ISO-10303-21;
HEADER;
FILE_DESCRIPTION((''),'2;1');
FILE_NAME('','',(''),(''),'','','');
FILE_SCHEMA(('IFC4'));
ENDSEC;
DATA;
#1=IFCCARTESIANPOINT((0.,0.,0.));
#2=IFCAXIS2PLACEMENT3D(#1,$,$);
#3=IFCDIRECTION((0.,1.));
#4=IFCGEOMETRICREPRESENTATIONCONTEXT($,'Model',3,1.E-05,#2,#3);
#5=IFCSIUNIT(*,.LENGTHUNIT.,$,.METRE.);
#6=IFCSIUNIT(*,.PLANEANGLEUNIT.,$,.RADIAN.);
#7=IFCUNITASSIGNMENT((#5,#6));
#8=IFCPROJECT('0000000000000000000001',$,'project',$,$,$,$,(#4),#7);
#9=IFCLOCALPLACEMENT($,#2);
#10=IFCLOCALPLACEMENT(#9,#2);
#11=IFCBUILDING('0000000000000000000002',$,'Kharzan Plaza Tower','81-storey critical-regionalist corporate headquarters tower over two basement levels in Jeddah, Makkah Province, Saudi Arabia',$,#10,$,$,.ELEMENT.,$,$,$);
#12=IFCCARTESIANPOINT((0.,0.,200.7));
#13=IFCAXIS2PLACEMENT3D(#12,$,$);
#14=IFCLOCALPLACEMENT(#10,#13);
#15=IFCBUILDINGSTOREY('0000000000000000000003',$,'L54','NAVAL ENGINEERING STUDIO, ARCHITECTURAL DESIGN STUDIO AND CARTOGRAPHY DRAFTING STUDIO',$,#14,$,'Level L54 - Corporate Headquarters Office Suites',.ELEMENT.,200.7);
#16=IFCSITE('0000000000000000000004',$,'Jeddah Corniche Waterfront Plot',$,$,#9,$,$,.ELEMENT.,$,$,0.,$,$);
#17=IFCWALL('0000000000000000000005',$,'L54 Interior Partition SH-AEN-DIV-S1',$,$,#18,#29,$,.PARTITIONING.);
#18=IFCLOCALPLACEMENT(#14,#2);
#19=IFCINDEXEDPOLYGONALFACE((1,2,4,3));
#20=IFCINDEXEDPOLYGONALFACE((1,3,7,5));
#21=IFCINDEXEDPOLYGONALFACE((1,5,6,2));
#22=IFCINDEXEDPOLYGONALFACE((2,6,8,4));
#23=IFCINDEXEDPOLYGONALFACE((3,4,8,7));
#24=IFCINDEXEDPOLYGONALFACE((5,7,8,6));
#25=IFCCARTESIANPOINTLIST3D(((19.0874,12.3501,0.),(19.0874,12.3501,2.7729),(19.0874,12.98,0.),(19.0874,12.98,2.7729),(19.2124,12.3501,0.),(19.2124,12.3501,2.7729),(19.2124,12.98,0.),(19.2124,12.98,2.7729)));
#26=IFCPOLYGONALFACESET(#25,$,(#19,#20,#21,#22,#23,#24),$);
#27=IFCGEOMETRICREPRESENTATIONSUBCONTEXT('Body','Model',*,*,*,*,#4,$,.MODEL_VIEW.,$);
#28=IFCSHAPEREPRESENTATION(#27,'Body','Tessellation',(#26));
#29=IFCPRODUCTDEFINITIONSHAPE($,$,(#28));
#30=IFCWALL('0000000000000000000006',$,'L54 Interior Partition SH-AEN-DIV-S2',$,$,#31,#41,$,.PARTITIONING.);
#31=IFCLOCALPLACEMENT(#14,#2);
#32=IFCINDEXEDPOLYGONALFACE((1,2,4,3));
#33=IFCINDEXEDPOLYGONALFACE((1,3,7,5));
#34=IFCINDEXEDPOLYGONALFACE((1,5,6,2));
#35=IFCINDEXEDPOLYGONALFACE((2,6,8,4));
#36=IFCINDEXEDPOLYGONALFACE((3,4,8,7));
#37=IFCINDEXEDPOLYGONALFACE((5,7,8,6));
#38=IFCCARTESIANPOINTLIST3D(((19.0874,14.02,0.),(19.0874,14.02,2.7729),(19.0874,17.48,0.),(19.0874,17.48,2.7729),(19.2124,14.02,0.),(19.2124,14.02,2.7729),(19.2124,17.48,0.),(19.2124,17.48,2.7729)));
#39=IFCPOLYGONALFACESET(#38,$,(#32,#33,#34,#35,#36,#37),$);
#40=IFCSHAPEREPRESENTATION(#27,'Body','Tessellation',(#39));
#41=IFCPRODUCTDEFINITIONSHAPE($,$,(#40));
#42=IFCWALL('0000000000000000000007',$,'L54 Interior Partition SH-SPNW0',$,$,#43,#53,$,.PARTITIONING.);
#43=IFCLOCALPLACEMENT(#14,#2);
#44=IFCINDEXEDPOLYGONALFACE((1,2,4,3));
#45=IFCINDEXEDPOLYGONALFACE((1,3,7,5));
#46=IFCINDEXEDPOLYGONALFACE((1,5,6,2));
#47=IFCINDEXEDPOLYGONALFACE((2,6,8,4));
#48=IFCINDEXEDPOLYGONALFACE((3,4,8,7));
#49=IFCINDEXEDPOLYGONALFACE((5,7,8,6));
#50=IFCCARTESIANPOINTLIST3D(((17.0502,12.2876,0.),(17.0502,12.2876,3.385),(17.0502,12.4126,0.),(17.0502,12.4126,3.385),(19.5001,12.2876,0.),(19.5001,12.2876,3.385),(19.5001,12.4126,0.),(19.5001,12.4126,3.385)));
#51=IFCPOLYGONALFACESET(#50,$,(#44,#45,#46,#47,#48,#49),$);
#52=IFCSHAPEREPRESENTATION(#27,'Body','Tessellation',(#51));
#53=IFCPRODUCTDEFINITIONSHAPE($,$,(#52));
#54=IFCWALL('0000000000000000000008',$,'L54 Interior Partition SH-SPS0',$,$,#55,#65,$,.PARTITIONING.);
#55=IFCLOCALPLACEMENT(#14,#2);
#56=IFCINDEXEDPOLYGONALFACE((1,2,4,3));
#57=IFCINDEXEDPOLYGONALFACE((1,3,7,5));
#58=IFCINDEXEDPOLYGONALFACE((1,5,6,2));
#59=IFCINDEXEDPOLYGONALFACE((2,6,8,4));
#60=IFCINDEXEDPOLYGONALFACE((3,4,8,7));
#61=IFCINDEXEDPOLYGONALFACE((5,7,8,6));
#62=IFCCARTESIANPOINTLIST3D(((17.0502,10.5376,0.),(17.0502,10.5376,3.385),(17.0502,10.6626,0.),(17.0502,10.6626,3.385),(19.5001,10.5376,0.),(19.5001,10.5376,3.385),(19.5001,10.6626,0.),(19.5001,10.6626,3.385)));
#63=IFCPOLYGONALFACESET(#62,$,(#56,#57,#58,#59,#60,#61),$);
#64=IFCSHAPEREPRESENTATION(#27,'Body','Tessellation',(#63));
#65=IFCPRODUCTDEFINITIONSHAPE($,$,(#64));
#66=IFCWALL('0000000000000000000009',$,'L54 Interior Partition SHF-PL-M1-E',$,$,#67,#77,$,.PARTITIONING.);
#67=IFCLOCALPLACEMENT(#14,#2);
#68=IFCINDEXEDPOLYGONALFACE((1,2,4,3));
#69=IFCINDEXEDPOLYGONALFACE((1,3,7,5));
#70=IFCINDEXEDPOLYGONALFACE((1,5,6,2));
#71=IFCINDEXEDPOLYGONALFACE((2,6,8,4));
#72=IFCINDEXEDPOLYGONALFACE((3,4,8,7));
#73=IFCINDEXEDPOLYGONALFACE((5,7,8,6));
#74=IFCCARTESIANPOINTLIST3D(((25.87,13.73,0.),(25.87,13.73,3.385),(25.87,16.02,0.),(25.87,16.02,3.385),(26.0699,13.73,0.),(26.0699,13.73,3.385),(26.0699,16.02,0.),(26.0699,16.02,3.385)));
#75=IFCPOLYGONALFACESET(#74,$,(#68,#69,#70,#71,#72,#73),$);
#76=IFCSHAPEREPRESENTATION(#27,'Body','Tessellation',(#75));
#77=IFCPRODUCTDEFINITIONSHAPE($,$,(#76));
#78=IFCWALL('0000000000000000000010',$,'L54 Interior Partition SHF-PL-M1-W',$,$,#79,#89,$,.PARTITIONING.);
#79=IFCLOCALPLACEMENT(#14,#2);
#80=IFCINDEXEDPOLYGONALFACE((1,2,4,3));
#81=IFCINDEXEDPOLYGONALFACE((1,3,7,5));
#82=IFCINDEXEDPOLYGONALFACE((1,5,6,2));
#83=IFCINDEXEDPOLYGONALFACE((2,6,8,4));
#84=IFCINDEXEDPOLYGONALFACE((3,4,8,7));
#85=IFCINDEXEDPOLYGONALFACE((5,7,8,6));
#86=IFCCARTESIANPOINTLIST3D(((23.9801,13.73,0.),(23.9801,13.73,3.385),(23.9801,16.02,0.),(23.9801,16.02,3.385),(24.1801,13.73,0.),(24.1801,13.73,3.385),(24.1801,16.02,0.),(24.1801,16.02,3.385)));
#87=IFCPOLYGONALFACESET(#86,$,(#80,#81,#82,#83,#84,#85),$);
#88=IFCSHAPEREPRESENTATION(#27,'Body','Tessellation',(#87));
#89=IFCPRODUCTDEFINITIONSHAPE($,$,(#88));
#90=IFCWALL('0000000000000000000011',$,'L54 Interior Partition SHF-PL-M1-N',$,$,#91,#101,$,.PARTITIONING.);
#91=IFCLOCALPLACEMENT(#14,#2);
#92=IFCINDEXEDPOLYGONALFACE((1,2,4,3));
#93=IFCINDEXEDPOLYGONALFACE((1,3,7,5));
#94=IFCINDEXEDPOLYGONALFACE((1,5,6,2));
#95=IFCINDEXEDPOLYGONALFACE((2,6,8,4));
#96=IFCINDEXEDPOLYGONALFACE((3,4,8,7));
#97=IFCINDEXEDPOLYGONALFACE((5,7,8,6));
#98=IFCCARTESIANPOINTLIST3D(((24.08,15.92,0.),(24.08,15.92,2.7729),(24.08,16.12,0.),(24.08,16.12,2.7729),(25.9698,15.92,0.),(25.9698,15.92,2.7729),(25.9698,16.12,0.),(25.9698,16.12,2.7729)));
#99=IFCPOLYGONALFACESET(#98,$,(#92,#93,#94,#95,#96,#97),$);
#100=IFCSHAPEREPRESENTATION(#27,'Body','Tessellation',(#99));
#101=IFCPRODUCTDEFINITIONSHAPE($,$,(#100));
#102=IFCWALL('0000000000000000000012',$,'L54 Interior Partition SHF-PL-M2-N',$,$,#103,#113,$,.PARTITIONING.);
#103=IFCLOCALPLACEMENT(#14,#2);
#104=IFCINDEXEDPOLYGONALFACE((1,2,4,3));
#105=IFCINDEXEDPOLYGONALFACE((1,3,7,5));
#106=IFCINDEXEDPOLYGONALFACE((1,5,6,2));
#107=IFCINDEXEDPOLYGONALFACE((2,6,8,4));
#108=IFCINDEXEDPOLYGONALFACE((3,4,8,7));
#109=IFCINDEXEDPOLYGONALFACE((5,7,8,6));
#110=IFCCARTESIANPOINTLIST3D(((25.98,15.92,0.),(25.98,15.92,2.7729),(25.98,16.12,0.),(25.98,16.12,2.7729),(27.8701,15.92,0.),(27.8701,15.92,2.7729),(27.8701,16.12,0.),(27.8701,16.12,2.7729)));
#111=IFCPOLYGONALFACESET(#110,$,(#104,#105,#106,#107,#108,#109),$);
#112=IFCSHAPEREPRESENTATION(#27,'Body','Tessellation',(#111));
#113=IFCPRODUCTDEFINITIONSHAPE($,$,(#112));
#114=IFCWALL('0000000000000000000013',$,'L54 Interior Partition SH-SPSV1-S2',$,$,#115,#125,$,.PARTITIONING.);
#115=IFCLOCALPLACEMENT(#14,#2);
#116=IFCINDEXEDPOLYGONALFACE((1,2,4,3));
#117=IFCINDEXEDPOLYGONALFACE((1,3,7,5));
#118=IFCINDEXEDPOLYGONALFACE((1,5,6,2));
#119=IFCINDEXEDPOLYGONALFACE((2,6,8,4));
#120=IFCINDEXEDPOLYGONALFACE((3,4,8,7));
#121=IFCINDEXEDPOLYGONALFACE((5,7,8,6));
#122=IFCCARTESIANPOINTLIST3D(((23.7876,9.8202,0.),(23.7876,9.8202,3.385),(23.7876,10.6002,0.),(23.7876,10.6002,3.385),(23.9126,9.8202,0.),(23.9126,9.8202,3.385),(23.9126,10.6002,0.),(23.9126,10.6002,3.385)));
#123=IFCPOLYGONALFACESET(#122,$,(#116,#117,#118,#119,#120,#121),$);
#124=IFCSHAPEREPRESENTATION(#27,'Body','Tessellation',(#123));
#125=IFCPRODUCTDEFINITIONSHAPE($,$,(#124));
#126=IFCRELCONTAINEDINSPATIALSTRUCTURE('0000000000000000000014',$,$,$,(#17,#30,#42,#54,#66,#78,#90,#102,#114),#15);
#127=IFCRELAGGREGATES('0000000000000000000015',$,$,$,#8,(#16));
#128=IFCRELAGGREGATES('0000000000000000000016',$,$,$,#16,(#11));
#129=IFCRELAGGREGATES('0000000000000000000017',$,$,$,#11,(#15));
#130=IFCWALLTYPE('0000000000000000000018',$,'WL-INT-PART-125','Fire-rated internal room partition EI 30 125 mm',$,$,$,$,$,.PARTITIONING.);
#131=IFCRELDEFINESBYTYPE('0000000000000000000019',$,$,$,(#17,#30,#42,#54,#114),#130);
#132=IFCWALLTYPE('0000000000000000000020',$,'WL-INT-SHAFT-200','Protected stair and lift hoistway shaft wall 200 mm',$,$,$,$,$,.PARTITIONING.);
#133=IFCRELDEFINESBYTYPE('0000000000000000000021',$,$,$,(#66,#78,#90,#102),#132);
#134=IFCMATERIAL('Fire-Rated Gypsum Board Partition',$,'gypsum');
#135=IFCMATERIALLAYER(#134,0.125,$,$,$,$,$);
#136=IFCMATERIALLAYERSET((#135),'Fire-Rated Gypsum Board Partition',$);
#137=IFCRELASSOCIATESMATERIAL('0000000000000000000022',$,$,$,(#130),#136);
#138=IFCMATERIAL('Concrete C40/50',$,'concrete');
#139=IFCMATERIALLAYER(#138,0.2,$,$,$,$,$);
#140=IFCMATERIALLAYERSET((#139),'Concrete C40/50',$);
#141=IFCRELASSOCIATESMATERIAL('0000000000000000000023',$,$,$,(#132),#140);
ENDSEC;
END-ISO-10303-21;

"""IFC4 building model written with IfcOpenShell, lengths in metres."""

from ifc_helpers import new_model, si_unit, direction, frame, frame_2d, origin, place, context, subcontext, project, spatial, rectangle, extrude, source, transform, mapped, material, layer, layer_set, type_object, element, save


model = new_model("IFC4")

# Units and contexts
model_context = context("Model", 3, precision=1e-05, world=origin(), true_north=direction((0.0, 1.0)))
body_context = subcontext(model_context, "Body", "Model", "MODEL_VIEW")
ifc_project = project(units=[si_unit("LENGTHUNIT", "METRE"), si_unit("PLANEANGLEUNIT", "RADIAN")], contexts=[model_context])

# Site, building, storey
site_placement = place(None, origin())
site = spatial("IfcSite", under=ifc_project, at=site_placement, Name="Jeddah Corniche Waterfront Plot", CompositionType="ELEMENT", RefElevation=0.0)
building_placement = place(site_placement, origin())
building = spatial("IfcBuilding", under=site, at=building_placement, Name="Kharzan Plaza Tower", Description="81-storey critical-regionalist corporate headquarters tower over two basement levels in Jeddah, Makkah Province, Saudi Arabia", CompositionType="ELEMENT")
storey_placement = place(building_placement, frame((0.0, 0.0, 200.7)))
storey = spatial("IfcBuildingStorey", under=building, at=storey_placement, Name="L54", Description="NAVAL ENGINEERING STUDIO, ARCHITECTURAL DESIGN STUDIO AND CARTOGRAPHY DRAFTING STUDIO", LongName="Level L54 - Corporate Headquarters Office Suites", CompositionType="ELEMENT", Elevation=200.7)

# Shared definitions
ifc_material_1 = material(Name="Fire-Rated Gypsum Board Partition", Category="gypsum")
ifc_layer_1 = layer(ifc_material_1, 0.125)
ifc_layer_set_1 = layer_set([ifc_layer_1], Name="Fire-Rated Gypsum Board Partition")
wall_type_1 = type_object("IfcWallType", Name="WL-INT-PART-125", Description="Fire-rated internal room partition EI 30 125 mm", PredefinedType="PARTITIONING", material=ifc_layer_set_1)
ifc_material_2 = material(Name="Concrete C40/50", Category="concrete")
ifc_layer_2 = layer(ifc_material_2, 0.2)
ifc_layer_set_2 = layer_set([ifc_layer_2], Name="Concrete C40/50")
wall_type_2 = type_object("IfcWallType", Name="WL-INT-SHAFT-200", Description="Protected stair and lift hoistway shaft wall 200 mm", PredefinedType="PARTITIONING", material=ifc_layer_set_2)

# Walls
shared_shape_1 = source(origin(), body_context, "Body", "SweptSolid", [
    extrude(rectangle(XDim=0.6299, YDim=0.125, at=frame_2d((0.3149, 0.0))), origin(), (0.0, 0.0, 1.0), 2.7729),
])
wall_1_placement = place(storey_placement, frame((19.1499, 12.3501, 0.0), z_axis=(0.0, 0.0, 1.0), x_axis=(0.0, 1.0, 0.0)))
element("IfcWall", 1, at=wall_1_placement, inside=storey, type_object=wall_type_1, Name="L54 Interior Partition SH-AEN-DIV-S1", PredefinedType="PARTITIONING", context=body_context, shape_type="MappedRepresentation", body=[
    mapped(shared_shape_1, transform((0.0, 0.0, 0.0), x_axis=(1.0, 0.0, 0.0), y_axis=(0.0, 1.0, 0.0), z_axis=(0.0, 0.0, 1.0))),
])
shared_shape_2 = source(origin(), body_context, "Body", "SweptSolid", [
    extrude(rectangle(XDim=3.46, YDim=0.125, at=frame_2d((1.73, 0.0))), origin(), (0.0, 0.0, 1.0), 2.7729),
])
wall_2_placement = place(storey_placement, frame((19.1499, 14.02, 0.0), z_axis=(0.0, 0.0, 1.0), x_axis=(0.0, 1.0, 0.0)))
element("IfcWall", 2, at=wall_2_placement, inside=storey, type_object=wall_type_1, Name="L54 Interior Partition SH-AEN-DIV-S2", PredefinedType="PARTITIONING", context=body_context, shape_type="MappedRepresentation", body=[
    mapped(shared_shape_2, transform((0.0, 0.0, 0.0), x_axis=(1.0, 0.0, 0.0), y_axis=(0.0, 1.0, 0.0), z_axis=(0.0, 0.0, 1.0))),
])
shared_shape_3 = source(origin(), body_context, "Body", "SweptSolid", [
    extrude(rectangle(XDim=2.45, YDim=0.125, at=frame_2d((1.2251, 0.0))), origin(), (0.0, 0.0, 1.0), 3.385),
])
for number, where, z_axis, x_axis, name in (
    (3, (17.05, 12.3501, 0.0), (0.0, 0.0, 1.0), (1.0, 0.0, 0.0), "L54 Interior Partition SH-SPNW0"),
    (4, (17.05, 10.6001, 0.0), (0.0, 0.0, 1.0), (1.0, 0.0, 0.0), "L54 Interior Partition SH-SPS0"),
):
    element("IfcWall", number, at=place(storey_placement, frame(where, z_axis=z_axis, x_axis=x_axis)), inside=storey, type_object=wall_type_1, Name=name, PredefinedType="PARTITIONING", context=body_context, shape_type="MappedRepresentation", body=[
        mapped(shared_shape_3, transform((0.0, 0.0, 0.0), x_axis=(1.0, 0.0, 0.0), y_axis=(0.0, 1.0, 0.0), z_axis=(0.0, 0.0, 1.0))),
    ])
shared_shape_4 = source(origin(), body_context, "Body", "SweptSolid", [
    extrude(rectangle(XDim=2.29, YDim=0.2, at=frame_2d((1.145, 0.0))), origin(), (0.0, 0.0, 1.0), 3.385),
])
for number, where, z_axis, x_axis, name in (
    (5, (25.97, 13.73, 0.0), (0.0, 0.0, 1.0), (0.0, 1.0, 0.0), "L54 Interior Partition SHF-PL-M1-E"),
    (6, (24.0801, 13.73, 0.0), (0.0, 0.0, 1.0), (0.0, 1.0, 0.0), "L54 Interior Partition SHF-PL-M1-W"),
):
    element("IfcWall", number, at=place(storey_placement, frame(where, z_axis=z_axis, x_axis=x_axis)), inside=storey, type_object=wall_type_2, Name=name, PredefinedType="PARTITIONING", context=body_context, shape_type="MappedRepresentation", body=[
        mapped(shared_shape_4, transform((0.0, 0.0, 0.0), x_axis=(1.0, 0.0, 0.0), y_axis=(0.0, 1.0, 0.0), z_axis=(0.0, 0.0, 1.0))),
    ])
shared_shape_5 = source(origin(), body_context, "Body", "SweptSolid", [
    extrude(rectangle(XDim=1.8899, YDim=0.2, at=frame_2d((0.9448, 0.0))), origin(), (0.0, 0.0, 1.0), 2.7729),
])
wall_3_placement = place(storey_placement, frame((24.0801, 16.02, 0.0), z_axis=(0.0, 0.0, 1.0), x_axis=(1.0, 0.0, 0.0)))
element("IfcWall", 7, at=wall_3_placement, inside=storey, type_object=wall_type_2, Name="L54 Interior Partition SHF-PL-M1-N", PredefinedType="PARTITIONING", context=body_context, shape_type="MappedRepresentation", body=[
    mapped(shared_shape_5, transform((0.0, 0.0, 0.0), x_axis=(1.0, 0.0, 0.0), y_axis=(0.0, 1.0, 0.0), z_axis=(0.0, 0.0, 1.0))),
])
shared_shape_6 = source(origin(), body_context, "Body", "SweptSolid", [
    extrude(rectangle(XDim=1.8901, YDim=0.2, at=frame_2d((0.9451, 0.0))), origin(), (0.0, 0.0, 1.0), 2.7729),
])
wall_4_placement = place(storey_placement, frame((25.98, 16.02, 0.0), z_axis=(0.0, 0.0, 1.0), x_axis=(1.0, 0.0, 0.0)))
element("IfcWall", 8, at=wall_4_placement, inside=storey, type_object=wall_type_2, Name="L54 Interior Partition SHF-PL-M2-N", PredefinedType="PARTITIONING", context=body_context, shape_type="MappedRepresentation", body=[
    mapped(shared_shape_6, transform((0.0, 0.0, 0.0), x_axis=(1.0, 0.0, 0.0), y_axis=(0.0, 1.0, 0.0), z_axis=(0.0, 0.0, 1.0))),
])
shared_shape_7 = source(origin(), body_context, "Body", "SweptSolid", [
    extrude(rectangle(XDim=0.78, YDim=0.125, at=frame_2d((0.3901, 0.0))), origin(), (0.0, 0.0, 1.0), 3.385),
])
wall_5_placement = place(storey_placement, frame((23.8501, 9.8201, 0.0), z_axis=(0.0, 0.0, 1.0), x_axis=(0.0, 1.0, 0.0)))
element("IfcWall", 9, at=wall_5_placement, inside=storey, type_object=wall_type_1, Name="L54 Interior Partition SH-SPSV1-S2", PredefinedType="PARTITIONING", context=body_context, shape_type="MappedRepresentation", body=[
    mapped(shared_shape_7, transform((0.0, 0.0, 0.0), x_axis=(1.0, 0.0, 0.0), y_axis=(0.0, 1.0, 0.0), z_axis=(0.0, 0.0, 1.0))),
])

save(model, "model.ifc")
